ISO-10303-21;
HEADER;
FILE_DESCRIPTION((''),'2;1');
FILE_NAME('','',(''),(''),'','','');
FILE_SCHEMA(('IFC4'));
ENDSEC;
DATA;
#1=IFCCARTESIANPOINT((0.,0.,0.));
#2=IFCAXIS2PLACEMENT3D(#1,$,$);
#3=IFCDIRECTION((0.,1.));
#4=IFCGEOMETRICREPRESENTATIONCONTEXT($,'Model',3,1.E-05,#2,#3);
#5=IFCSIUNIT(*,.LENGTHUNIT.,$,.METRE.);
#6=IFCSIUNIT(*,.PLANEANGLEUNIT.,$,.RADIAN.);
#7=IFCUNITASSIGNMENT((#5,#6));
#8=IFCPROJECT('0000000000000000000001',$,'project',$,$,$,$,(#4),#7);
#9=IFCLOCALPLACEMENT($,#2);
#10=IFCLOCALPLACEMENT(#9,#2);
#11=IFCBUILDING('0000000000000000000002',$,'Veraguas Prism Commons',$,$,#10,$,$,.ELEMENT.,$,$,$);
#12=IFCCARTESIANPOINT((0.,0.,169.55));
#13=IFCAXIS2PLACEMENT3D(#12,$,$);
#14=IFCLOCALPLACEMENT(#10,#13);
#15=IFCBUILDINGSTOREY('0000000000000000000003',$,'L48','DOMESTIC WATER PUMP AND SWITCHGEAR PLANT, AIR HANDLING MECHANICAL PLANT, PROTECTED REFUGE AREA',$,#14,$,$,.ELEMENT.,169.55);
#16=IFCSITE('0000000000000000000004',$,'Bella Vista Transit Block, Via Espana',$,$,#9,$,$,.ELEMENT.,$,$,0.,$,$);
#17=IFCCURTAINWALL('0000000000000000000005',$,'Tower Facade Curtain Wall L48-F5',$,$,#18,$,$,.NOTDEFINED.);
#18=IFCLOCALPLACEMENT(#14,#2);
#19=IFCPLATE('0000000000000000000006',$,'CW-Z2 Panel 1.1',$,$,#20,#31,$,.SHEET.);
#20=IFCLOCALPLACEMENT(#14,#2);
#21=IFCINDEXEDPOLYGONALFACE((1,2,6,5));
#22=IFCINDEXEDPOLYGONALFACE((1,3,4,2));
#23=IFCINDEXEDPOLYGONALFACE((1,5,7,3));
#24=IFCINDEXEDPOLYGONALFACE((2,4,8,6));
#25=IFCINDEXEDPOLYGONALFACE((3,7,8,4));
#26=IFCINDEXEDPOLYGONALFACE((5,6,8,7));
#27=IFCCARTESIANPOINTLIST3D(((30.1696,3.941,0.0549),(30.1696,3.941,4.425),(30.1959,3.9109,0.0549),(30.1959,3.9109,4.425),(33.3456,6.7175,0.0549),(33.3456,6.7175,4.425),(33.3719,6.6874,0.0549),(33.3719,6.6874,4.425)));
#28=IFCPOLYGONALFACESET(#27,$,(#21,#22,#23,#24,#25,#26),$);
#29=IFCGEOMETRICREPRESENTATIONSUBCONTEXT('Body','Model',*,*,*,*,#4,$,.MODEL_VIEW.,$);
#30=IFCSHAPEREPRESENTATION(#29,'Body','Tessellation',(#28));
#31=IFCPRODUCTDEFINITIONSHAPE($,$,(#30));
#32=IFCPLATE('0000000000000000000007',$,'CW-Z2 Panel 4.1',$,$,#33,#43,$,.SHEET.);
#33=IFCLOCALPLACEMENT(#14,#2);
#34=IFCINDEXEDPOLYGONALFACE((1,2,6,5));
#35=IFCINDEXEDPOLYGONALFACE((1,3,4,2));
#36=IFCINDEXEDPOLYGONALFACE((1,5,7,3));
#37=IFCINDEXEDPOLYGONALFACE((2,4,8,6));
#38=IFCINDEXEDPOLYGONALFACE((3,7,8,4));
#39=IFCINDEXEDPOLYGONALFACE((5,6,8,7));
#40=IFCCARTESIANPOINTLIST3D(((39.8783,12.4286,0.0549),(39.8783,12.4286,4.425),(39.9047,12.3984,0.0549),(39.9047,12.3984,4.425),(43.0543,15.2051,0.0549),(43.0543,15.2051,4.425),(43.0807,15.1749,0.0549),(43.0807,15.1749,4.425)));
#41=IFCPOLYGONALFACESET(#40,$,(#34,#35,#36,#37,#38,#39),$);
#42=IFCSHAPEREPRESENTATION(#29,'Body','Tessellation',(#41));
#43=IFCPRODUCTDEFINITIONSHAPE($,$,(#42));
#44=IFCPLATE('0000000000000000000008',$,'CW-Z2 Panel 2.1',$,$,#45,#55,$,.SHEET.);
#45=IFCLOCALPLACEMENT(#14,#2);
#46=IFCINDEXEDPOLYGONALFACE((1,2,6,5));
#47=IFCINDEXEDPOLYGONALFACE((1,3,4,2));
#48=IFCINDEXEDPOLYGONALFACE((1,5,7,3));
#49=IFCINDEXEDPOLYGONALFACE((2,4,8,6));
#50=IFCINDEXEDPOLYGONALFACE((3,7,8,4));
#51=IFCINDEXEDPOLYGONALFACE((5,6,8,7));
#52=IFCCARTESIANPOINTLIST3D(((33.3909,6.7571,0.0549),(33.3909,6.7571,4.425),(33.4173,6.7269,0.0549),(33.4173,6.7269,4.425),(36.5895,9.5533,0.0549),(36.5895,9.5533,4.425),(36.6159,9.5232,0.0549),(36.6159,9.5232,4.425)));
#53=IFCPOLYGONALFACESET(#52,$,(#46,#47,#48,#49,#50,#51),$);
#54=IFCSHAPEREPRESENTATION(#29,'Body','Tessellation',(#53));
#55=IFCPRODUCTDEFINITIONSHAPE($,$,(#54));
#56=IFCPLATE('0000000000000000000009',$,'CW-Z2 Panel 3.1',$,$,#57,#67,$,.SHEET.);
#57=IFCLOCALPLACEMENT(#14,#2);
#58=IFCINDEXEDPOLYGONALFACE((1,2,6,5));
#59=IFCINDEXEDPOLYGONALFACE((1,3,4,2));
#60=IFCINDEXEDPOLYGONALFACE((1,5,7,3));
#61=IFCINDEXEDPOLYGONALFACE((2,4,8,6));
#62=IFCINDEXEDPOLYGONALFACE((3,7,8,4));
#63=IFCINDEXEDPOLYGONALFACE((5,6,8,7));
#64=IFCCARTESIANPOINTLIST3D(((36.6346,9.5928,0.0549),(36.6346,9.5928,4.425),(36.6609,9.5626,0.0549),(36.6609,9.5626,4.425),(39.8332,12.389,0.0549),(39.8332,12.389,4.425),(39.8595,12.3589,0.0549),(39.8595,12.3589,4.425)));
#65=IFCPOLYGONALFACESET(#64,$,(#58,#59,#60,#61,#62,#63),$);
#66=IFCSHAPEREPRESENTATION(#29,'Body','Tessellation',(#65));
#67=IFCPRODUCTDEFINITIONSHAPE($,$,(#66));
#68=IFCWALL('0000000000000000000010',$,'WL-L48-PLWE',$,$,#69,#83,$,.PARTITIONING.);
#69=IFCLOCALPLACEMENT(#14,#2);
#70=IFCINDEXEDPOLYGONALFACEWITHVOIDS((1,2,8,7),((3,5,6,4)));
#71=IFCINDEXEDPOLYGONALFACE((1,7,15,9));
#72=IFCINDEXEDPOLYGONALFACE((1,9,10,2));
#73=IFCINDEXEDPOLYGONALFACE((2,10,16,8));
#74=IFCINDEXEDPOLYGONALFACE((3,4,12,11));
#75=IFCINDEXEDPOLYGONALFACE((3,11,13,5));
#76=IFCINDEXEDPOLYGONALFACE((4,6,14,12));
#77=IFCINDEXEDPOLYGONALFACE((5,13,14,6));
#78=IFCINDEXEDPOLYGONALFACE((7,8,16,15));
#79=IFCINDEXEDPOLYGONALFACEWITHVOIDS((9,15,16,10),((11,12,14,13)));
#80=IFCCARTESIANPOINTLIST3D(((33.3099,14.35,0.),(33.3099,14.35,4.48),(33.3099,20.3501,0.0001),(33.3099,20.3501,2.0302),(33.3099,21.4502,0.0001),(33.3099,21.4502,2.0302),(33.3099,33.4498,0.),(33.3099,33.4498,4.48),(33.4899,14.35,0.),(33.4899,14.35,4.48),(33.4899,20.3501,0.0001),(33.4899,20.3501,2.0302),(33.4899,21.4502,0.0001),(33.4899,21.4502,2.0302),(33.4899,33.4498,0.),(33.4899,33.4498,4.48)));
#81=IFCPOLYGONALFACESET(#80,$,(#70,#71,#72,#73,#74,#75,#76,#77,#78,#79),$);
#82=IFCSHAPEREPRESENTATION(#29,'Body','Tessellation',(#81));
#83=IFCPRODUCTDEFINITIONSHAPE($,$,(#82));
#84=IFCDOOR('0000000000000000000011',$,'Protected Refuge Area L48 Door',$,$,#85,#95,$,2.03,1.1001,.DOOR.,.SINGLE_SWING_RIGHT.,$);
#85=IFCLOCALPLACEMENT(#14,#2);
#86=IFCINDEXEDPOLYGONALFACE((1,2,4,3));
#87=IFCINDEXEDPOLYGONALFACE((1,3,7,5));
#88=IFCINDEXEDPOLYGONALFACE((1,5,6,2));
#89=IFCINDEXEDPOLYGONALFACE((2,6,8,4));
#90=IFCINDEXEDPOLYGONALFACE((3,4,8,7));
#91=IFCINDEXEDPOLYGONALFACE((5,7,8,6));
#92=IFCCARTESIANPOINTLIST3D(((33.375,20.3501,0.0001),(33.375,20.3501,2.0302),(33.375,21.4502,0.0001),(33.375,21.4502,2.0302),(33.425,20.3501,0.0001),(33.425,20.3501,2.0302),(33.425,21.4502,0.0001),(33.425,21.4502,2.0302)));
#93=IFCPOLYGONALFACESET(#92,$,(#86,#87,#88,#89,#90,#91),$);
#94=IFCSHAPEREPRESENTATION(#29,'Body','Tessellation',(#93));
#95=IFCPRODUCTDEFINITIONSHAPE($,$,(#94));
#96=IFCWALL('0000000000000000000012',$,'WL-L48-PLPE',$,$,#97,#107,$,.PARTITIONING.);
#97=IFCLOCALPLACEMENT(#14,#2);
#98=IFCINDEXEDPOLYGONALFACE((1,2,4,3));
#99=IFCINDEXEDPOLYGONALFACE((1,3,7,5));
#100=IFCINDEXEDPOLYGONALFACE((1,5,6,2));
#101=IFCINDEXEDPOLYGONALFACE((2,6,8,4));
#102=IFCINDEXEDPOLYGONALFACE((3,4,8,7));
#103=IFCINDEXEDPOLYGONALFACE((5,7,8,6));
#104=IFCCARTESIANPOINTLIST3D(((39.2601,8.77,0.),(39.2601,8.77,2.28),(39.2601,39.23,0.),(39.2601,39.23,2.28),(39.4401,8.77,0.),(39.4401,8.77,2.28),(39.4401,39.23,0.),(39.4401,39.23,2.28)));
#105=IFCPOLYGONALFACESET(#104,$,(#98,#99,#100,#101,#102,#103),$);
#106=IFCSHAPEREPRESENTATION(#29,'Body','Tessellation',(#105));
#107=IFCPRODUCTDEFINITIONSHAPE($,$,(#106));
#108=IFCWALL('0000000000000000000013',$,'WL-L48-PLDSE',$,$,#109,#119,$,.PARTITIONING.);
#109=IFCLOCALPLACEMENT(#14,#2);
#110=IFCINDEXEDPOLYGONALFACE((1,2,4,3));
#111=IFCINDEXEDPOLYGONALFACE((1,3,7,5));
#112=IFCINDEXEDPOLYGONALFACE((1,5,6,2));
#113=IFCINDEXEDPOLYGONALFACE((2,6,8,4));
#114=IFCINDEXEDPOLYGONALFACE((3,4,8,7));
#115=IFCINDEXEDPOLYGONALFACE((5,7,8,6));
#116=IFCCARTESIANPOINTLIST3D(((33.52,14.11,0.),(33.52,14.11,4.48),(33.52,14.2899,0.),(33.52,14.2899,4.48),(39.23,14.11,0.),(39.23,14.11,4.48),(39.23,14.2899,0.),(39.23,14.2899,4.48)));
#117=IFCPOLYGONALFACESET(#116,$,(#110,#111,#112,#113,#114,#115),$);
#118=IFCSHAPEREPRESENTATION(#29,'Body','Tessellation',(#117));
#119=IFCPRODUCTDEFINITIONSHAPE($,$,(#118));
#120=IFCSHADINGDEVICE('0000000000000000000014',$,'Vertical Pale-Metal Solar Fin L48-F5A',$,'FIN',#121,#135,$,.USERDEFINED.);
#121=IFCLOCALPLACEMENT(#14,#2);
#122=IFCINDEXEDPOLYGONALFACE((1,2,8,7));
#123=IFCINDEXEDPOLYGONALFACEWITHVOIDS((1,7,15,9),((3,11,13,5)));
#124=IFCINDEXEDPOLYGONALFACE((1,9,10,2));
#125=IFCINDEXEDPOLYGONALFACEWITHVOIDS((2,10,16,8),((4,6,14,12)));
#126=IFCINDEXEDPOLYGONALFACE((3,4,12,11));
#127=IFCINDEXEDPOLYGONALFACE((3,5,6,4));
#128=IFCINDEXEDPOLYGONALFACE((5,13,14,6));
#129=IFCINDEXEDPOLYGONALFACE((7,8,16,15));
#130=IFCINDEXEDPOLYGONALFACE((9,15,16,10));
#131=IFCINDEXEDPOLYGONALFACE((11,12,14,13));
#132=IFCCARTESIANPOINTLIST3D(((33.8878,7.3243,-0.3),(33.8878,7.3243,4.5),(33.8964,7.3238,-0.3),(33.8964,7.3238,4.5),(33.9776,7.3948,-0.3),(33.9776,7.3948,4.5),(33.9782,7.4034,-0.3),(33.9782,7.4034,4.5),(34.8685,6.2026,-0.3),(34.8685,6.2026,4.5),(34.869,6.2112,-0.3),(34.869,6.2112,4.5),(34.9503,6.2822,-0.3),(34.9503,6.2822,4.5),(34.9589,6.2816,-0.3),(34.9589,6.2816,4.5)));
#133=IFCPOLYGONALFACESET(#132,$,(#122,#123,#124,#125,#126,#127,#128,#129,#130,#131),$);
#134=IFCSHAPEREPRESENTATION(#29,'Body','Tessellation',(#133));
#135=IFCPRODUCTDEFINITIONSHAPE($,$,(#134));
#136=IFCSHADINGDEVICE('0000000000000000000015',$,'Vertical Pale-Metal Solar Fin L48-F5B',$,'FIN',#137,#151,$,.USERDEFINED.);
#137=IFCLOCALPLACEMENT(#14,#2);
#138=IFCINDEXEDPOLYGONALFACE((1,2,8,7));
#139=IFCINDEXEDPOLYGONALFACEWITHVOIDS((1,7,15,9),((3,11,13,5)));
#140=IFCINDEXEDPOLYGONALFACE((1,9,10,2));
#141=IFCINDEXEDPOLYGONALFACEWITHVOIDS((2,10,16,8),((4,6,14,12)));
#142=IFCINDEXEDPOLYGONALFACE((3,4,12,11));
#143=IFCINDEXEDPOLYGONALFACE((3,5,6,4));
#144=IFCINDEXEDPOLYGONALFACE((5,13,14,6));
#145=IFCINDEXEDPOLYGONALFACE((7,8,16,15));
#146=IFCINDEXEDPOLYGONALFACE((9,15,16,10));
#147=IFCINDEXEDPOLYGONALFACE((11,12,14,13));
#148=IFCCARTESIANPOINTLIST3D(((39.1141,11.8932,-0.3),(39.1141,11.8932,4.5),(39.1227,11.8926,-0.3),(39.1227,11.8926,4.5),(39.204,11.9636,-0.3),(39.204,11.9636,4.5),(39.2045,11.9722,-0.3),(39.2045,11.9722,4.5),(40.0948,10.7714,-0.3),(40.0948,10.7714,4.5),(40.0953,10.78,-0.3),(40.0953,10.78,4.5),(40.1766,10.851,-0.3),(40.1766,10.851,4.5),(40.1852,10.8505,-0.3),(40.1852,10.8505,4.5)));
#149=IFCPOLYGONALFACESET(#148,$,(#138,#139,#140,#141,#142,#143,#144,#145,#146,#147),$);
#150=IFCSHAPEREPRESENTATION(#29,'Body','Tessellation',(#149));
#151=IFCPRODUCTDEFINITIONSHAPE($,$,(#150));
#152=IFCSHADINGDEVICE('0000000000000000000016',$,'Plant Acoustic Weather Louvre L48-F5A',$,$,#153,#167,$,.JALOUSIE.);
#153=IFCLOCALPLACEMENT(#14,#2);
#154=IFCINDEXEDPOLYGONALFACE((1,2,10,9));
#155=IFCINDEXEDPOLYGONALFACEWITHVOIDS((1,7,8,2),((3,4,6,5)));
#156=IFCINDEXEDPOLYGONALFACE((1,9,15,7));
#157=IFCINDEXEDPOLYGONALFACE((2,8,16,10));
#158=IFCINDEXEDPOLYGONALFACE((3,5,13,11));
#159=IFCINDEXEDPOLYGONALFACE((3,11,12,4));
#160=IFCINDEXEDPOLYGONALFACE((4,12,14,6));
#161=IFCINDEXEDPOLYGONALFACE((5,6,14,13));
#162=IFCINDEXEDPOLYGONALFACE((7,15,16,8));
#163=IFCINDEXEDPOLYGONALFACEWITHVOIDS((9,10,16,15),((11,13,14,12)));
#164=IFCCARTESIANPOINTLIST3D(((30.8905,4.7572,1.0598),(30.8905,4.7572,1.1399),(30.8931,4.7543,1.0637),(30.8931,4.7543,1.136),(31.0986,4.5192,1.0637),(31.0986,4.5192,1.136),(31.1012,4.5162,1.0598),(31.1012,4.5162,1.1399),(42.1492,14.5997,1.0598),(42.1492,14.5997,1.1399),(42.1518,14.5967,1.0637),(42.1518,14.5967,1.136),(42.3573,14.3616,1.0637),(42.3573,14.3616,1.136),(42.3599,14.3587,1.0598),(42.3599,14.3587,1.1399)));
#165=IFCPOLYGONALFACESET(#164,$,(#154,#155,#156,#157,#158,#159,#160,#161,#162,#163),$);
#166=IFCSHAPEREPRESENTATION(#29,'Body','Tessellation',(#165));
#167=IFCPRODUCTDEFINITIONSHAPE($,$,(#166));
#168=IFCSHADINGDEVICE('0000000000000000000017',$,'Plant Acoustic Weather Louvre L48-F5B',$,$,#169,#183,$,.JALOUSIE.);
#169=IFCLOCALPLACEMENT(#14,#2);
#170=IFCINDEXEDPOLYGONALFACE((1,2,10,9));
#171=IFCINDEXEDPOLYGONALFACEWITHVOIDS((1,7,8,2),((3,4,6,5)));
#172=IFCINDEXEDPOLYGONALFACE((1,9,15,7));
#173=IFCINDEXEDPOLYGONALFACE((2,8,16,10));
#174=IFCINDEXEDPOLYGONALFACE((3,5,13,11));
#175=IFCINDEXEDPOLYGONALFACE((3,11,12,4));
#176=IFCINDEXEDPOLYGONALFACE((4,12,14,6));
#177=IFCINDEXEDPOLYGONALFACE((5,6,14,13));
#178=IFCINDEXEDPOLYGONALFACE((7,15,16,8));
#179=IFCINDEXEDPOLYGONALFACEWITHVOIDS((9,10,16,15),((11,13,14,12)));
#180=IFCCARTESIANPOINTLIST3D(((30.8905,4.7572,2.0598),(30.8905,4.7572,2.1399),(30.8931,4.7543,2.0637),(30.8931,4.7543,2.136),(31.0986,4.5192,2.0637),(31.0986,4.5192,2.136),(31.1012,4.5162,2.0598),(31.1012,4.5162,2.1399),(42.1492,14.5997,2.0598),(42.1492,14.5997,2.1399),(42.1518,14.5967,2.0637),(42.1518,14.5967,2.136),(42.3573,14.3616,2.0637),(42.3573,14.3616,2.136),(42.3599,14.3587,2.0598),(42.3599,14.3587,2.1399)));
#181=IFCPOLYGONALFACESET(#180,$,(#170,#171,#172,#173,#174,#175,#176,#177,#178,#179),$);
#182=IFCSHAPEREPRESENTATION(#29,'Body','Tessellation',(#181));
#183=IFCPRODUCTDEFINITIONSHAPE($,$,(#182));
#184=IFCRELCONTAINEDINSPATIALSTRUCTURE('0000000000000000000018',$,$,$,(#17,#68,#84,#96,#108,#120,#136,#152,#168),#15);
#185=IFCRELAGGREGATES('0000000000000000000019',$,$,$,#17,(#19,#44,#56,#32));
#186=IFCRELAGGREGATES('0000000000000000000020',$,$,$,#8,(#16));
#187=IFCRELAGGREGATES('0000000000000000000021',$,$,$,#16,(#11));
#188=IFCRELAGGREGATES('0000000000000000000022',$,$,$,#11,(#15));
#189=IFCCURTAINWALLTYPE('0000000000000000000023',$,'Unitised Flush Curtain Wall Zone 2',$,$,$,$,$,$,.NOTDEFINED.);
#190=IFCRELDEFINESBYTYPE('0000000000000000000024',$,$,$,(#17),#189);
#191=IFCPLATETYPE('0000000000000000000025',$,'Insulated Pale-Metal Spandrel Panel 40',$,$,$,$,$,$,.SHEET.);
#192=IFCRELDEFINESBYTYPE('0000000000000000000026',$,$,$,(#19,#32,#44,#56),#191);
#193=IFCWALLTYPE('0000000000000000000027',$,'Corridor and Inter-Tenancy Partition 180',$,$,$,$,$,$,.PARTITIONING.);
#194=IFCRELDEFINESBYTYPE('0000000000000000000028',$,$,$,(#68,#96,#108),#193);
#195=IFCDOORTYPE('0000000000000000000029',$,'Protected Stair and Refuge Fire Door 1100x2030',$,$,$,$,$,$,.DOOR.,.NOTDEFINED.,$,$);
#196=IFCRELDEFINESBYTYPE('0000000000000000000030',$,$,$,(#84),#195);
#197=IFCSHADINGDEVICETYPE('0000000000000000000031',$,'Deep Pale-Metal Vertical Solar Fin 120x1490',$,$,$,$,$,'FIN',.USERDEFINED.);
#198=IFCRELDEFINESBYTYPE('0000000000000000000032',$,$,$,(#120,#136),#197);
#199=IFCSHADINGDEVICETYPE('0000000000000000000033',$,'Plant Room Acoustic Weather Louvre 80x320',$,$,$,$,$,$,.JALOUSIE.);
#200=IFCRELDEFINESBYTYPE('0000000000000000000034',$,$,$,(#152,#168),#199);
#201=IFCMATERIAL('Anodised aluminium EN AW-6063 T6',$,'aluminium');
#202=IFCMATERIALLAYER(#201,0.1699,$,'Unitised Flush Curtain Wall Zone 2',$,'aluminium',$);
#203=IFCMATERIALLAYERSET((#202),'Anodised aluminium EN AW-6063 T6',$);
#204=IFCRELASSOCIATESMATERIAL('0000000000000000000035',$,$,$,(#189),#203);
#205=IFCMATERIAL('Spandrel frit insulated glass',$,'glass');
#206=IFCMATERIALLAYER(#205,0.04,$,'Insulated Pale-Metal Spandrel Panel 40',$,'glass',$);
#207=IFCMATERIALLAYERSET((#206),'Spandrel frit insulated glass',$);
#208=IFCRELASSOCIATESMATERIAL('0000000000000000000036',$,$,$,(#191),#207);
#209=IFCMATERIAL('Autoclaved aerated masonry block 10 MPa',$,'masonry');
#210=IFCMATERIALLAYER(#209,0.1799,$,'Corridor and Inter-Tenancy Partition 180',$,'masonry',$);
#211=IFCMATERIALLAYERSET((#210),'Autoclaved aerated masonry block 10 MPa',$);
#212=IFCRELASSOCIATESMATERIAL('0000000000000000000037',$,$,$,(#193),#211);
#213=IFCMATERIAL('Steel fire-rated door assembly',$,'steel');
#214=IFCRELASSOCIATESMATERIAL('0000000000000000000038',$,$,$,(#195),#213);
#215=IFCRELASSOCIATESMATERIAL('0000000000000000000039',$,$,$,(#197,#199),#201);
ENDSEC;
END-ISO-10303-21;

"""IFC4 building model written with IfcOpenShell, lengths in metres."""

from ifc_helpers import new_model, si_unit, direction, frame, frame_2d, origin, origin_2d, place, context, subcontext, project, spatial, rectangle, hollow_rectangle, extrude, source, transform, mapped, material, layer, layer_set, material_profile, profile_set, type_object, element, fill, aggregate, save


model = new_model("IFC4")

# Units and contexts
model_context = context("Model", 3, precision=1e-05, world=origin(), true_north=direction((0.0, 1.0)))
body_context = subcontext(model_context, "Body", "Model", "MODEL_VIEW")
ifc_project = project(units=[si_unit("LENGTHUNIT", "METRE"), si_unit("PLANEANGLEUNIT", "RADIAN")], contexts=[model_context])

# Site, building, storey
site_placement = place(None, origin())
site = spatial("IfcSite", under=ifc_project, at=site_placement, Name="Bella Vista Transit Block, Via Espana", CompositionType="ELEMENT", RefElevation=0.0)
building_placement = place(site_placement, origin())
building = spatial("IfcBuilding", under=site, at=building_placement, Name="Veraguas Prism Commons", CompositionType="ELEMENT")
storey_placement = place(building_placement, frame((0.0, 0.0, 169.55)))
storey = spatial("IfcBuildingStorey", under=building, at=storey_placement, Name="L48", Description="DOMESTIC WATER PUMP AND SWITCHGEAR PLANT, AIR HANDLING MECHANICAL PLANT, PROTECTED REFUGE AREA", CompositionType="ELEMENT", Elevation=169.55)

# Curtain wall
ifc_material_1 = material(Name="Anodised aluminium EN AW-6063 T6", Category="aluminium")
ifc_layer_1 = layer(ifc_material_1, 0.1699, Name="Unitised Flush Curtain Wall Zone 2", Category="aluminium")
ifc_layer_set_1 = layer_set([ifc_layer_1], Name="Anodised aluminium EN AW-6063 T6")
curtain_wall_type = type_object("IfcCurtainWallType", Name="Unitised Flush Curtain Wall Zone 2", PredefinedType="NOTDEFINED", material=ifc_layer_set_1)
curtain_wall_1_placement = place(storey_placement, origin())
curtain_wall_1 = element("IfcCurtainWall", 1, at=curtain_wall_1_placement, inside=storey, type_object=curtain_wall_type, Name="Tower Facade Curtain Wall L48-F5", PredefinedType="NOTDEFINED")

# Plates
ifc_material_2 = material(Name="Spandrel frit insulated glass", Category="glass")
ifc_layer_2 = layer(ifc_material_2, 0.04, Name="Insulated Pale-Metal Spandrel Panel 40", Category="glass")
ifc_layer_set_2 = layer_set([ifc_layer_2], Name="Spandrel frit insulated glass")
plate_type_1 = type_object("IfcPlateType", Name="Insulated Pale-Metal Spandrel Panel 40", PredefinedType="SHEET", material=ifc_layer_set_2)
shared_shape_1 = source(origin(), body_context, "Body", "SweptSolid", [
    extrude(rectangle(XDim=4.2185, YDim=0.04, at=origin_2d()), origin(), (0.0, 0.0, 1.0), 4.3701),
])
plate_1_placement = place(storey_placement, frame((31.7708, 5.3142, 0.0549), z_axis=(0.0, 0.0, 1.0), x_axis=(0.752872, 0.658167, 0.0)))
plate_1 = element("IfcPlate", 2, at=plate_1_placement, type_object=plate_type_1, Name="CW-Z2 Panel 1.1", PredefinedType="SHEET", context=body_context, shape_type="MappedRepresentation", body=[
    mapped(shared_shape_1, transform((0.0, 0.0, 0.0), scale=1.0)),
])
plate_2_placement = place(storey_placement, frame((41.4795, 13.8018, 0.0549), z_axis=(0.0, 0.0, 1.0), x_axis=(0.752872, 0.658167, 0.0)))
plate_2 = element("IfcPlate", 3, at=plate_2_placement, type_object=plate_type_1, Name="CW-Z2 Panel 4.1", PredefinedType="SHEET", context=body_context, shape_type="MappedRepresentation", body=[
    mapped(shared_shape_1, transform((0.0, 0.0, 0.0), scale=1.0)),
])
shared_shape_2 = source(origin(), body_context, "Body", "SweptSolid", [
    extrude(rectangle(XDim=4.2485, YDim=0.04, at=origin_2d()), origin(), (0.0, 0.0, 1.0), 4.3701),
])
plate_3_placement = place(storey_placement, frame((35.0034, 8.1401, 0.0549), z_axis=(0.0, 0.0, 1.0), x_axis=(0.752872, 0.658167, 0.0)))
plate_3 = element("IfcPlate", 4, at=plate_3_placement, type_object=plate_type_1, Name="CW-Z2 Panel 2.1", PredefinedType="SHEET", context=body_context, shape_type="MappedRepresentation", body=[
    mapped(shared_shape_2, transform((0.0, 0.0, 0.0), scale=1.0)),
])
plate_4_placement = place(storey_placement, frame((38.2471, 10.9758, 0.0549), z_axis=(0.0, 0.0, 1.0), x_axis=(0.752872, 0.658167, 0.0)))
plate_4 = element("IfcPlate", 5, at=plate_4_placement, type_object=plate_type_1, Name="CW-Z2 Panel 3.1", PredefinedType="SHEET", context=body_context, shape_type="MappedRepresentation", body=[
    mapped(shared_shape_2, transform((0.0, 0.0, 0.0), scale=1.0)),
])
aggregate(curtain_wall_1, [plate_1, plate_3, plate_4, plate_2])

# Wall, opening, door
ifc_material_3 = material(Name="Autoclaved aerated masonry block 10 MPa", Category="masonry")
ifc_layer_3 = layer(ifc_material_3, 0.1799, Name="Corridor and Inter-Tenancy Partition 180", Category="masonry")
ifc_layer_set_3 = layer_set([ifc_layer_3], Name="Autoclaved aerated masonry block 10 MPa")
wall_type = type_object("IfcWallType", Name="Corridor and Inter-Tenancy Partition 180", PredefinedType="PARTITIONING", material=ifc_layer_set_3)
wall_1_placement = place(storey_placement, frame((33.3999, 14.3501, 0.0), z_axis=(0.0, 0.0, 1.0), x_axis=(0.0, 1.0, 0.0)))
wall_1 = element("IfcWall", 6, at=wall_1_placement, inside=storey, type_object=wall_type, Name="WL-L48-PLWE", PredefinedType="PARTITIONING", context=body_context, shape_type="SweptSolid", body=[
    extrude(rectangle(XDim=19.0999, YDim=0.1799, at=frame_2d((9.5498, 0.0))), origin(), (0.0, 0.0, 1.0), 4.48),
])
opening_placement = place(wall_1_placement, frame((6.0, 0.0, 0.0)))
opening = element("IfcOpeningElement", 7, at=opening_placement, cuts=wall_1, PredefinedType="OPENING", context=body_context, shape_type="SweptSolid", body=[
    extrude(rectangle(XDim=1.1001, YDim=2.03, at=frame_2d((0.55, 1.0151))), frame((0.0, 0.0999, 0.0), z_axis=(0.0, -1.0, 0.0), x_axis=(1.0, 0.0, 0.0)), (0.0, 0.0, 1.0), 0.2),
])
ifc_material_4 = material(Name="Steel fire-rated door assembly", Category="steel")
door_type = type_object("IfcDoorType", Name="Protected Stair and Refuge Fire Door 1100x2030", OperationType="NOTDEFINED", PredefinedType="DOOR", material=ifc_material_4)
shared_shape_3 = source(origin(), body_context, "Body", "SweptSolid", [
    extrude(rectangle(XDim=1.1001, YDim=2.03, at=frame_2d((0.55, 1.0151))), frame((0.0, 0.0249, 0.0), z_axis=(0.0, -1.0, 0.0), x_axis=(1.0, 0.0, 0.0)), (0.0, 0.0, 1.0), 0.05),
])
door_placement = place(opening_placement, origin())
door = element("IfcDoor", 8, at=door_placement, inside=storey, type_object=door_type, Name="Protected Refuge Area L48 Door", OperationType="SINGLE_SWING_RIGHT", OverallHeight=2.03, OverallWidth=1.1001, PredefinedType="DOOR", context=body_context, shape_type="MappedRepresentation", body=[
    mapped(shared_shape_3, transform((0.0, 0.0, 0.0), scale=1.0)),
])
fill(opening, door)

# Walls
wall_2_placement = place(storey_placement, frame((39.3501, 8.77, 0.0), z_axis=(0.0, 0.0, 1.0), x_axis=(0.0, 1.0, 0.0)))
element("IfcWall", 9, at=wall_2_placement, inside=storey, type_object=wall_type, Name="WL-L48-PLPE", PredefinedType="PARTITIONING", context=body_context, shape_type="SweptSolid", body=[
    extrude(rectangle(XDim=30.46, YDim=0.1799, at=frame_2d((15.23, 0.0))), origin(), (0.0, 0.0, 1.0), 2.28),
])
wall_3_placement = place(storey_placement, frame((33.52, 14.2, 0.0), z_axis=(0.0, 0.0, 1.0), x_axis=(1.0, 0.0, 0.0)))
element("IfcWall", 10, at=wall_3_placement, inside=storey, type_object=wall_type, Name="WL-L48-PLDSE", PredefinedType="PARTITIONING", context=body_context, shape_type="SweptSolid", body=[
    extrude(rectangle(XDim=5.71, YDim=0.1799, at=frame_2d((2.855, 0.0))), origin(), (0.0, 0.0, 1.0), 4.48),
])

# Shading devices
ifc_material_profile_1 = material_profile(ifc_material_1, hollow_rectangle(XDim=0.1201, YDim=1.49, WallThickness=0.0061, at=origin_2d()), Name="FIN120X1490X6")
ifc_profile_set_1 = profile_set([ifc_material_profile_1], Name="Anodised aluminium EN AW-6063 T6")
shading_device_type_1 = type_object("IfcShadingDeviceType", Name="Deep Pale-Metal Vertical Solar Fin 120x1490", ElementType="FIN", PredefinedType="USERDEFINED", material=ifc_profile_set_1)
for number, where, z_axis, x_axis, name in (
    (11, (34.4233, 6.803, -0.3), (0.0, 0.0, 1.0), (0.752873, 0.658165, 0.0), "Vertical Pale-Metal Solar Fin L48-F5A"),
    (12, (39.6497, 11.3718, -0.3), (0.0, 0.0, 1.0), (0.752873, 0.658165, 0.0), "Vertical Pale-Metal Solar Fin L48-F5B"),
):
    element("IfcShadingDevice", number, at=place(storey_placement, frame(where, z_axis=z_axis, x_axis=x_axis)), inside=storey, type_object=shading_device_type_1, Name=name, ObjectType="FIN", PredefinedType="USERDEFINED", context=body_context, shape_type="SweptSolid", body=[
        extrude(hollow_rectangle(XDim=0.1201, YDim=1.49, WallThickness=0.0061, at=origin_2d()), origin(), (0.0, 0.0, 1.0), 4.8),
    ])
ifc_material_profile_2 = material_profile(ifc_material_1, hollow_rectangle(XDim=0.0801, YDim=0.3201, WallThickness=0.0039, at=origin_2d()), Name="LVR80X320X4")
ifc_profile_set_2 = profile_set([ifc_material_profile_2], Name="Anodised aluminium EN AW-6063 T6")
shading_device_type_2 = type_object("IfcShadingDeviceType", Name="Plant Room Acoustic Weather Louvre 80x320", PredefinedType="JALOUSIE", material=ifc_profile_set_2)
for number, where, z_axis, x_axis, name in (
    (13, (30.9958, 4.6367, 1.0999), (0.752872, 0.658167, 0.0), (0.0, 0.0, 1.0), "Plant Acoustic Weather Louvre L48-F5A"),
    (14, (30.9958, 4.6367, 2.0999), (0.752872, 0.658167, 0.0), (0.0, 0.0, 1.0), "Plant Acoustic Weather Louvre L48-F5B"),
):
    element("IfcShadingDevice", number, at=place(storey_placement, frame(where, z_axis=z_axis, x_axis=x_axis)), inside=storey, type_object=shading_device_type_2, Name=name, PredefinedType="JALOUSIE", context=body_context, shape_type="SweptSolid", body=[
        extrude(hollow_rectangle(XDim=0.0801, YDim=0.3201, WallThickness=0.0039, at=origin_2d()), origin(), (0.0, 0.0, 1.0), 14.9543),
    ])

save(model, "model.ifc")
